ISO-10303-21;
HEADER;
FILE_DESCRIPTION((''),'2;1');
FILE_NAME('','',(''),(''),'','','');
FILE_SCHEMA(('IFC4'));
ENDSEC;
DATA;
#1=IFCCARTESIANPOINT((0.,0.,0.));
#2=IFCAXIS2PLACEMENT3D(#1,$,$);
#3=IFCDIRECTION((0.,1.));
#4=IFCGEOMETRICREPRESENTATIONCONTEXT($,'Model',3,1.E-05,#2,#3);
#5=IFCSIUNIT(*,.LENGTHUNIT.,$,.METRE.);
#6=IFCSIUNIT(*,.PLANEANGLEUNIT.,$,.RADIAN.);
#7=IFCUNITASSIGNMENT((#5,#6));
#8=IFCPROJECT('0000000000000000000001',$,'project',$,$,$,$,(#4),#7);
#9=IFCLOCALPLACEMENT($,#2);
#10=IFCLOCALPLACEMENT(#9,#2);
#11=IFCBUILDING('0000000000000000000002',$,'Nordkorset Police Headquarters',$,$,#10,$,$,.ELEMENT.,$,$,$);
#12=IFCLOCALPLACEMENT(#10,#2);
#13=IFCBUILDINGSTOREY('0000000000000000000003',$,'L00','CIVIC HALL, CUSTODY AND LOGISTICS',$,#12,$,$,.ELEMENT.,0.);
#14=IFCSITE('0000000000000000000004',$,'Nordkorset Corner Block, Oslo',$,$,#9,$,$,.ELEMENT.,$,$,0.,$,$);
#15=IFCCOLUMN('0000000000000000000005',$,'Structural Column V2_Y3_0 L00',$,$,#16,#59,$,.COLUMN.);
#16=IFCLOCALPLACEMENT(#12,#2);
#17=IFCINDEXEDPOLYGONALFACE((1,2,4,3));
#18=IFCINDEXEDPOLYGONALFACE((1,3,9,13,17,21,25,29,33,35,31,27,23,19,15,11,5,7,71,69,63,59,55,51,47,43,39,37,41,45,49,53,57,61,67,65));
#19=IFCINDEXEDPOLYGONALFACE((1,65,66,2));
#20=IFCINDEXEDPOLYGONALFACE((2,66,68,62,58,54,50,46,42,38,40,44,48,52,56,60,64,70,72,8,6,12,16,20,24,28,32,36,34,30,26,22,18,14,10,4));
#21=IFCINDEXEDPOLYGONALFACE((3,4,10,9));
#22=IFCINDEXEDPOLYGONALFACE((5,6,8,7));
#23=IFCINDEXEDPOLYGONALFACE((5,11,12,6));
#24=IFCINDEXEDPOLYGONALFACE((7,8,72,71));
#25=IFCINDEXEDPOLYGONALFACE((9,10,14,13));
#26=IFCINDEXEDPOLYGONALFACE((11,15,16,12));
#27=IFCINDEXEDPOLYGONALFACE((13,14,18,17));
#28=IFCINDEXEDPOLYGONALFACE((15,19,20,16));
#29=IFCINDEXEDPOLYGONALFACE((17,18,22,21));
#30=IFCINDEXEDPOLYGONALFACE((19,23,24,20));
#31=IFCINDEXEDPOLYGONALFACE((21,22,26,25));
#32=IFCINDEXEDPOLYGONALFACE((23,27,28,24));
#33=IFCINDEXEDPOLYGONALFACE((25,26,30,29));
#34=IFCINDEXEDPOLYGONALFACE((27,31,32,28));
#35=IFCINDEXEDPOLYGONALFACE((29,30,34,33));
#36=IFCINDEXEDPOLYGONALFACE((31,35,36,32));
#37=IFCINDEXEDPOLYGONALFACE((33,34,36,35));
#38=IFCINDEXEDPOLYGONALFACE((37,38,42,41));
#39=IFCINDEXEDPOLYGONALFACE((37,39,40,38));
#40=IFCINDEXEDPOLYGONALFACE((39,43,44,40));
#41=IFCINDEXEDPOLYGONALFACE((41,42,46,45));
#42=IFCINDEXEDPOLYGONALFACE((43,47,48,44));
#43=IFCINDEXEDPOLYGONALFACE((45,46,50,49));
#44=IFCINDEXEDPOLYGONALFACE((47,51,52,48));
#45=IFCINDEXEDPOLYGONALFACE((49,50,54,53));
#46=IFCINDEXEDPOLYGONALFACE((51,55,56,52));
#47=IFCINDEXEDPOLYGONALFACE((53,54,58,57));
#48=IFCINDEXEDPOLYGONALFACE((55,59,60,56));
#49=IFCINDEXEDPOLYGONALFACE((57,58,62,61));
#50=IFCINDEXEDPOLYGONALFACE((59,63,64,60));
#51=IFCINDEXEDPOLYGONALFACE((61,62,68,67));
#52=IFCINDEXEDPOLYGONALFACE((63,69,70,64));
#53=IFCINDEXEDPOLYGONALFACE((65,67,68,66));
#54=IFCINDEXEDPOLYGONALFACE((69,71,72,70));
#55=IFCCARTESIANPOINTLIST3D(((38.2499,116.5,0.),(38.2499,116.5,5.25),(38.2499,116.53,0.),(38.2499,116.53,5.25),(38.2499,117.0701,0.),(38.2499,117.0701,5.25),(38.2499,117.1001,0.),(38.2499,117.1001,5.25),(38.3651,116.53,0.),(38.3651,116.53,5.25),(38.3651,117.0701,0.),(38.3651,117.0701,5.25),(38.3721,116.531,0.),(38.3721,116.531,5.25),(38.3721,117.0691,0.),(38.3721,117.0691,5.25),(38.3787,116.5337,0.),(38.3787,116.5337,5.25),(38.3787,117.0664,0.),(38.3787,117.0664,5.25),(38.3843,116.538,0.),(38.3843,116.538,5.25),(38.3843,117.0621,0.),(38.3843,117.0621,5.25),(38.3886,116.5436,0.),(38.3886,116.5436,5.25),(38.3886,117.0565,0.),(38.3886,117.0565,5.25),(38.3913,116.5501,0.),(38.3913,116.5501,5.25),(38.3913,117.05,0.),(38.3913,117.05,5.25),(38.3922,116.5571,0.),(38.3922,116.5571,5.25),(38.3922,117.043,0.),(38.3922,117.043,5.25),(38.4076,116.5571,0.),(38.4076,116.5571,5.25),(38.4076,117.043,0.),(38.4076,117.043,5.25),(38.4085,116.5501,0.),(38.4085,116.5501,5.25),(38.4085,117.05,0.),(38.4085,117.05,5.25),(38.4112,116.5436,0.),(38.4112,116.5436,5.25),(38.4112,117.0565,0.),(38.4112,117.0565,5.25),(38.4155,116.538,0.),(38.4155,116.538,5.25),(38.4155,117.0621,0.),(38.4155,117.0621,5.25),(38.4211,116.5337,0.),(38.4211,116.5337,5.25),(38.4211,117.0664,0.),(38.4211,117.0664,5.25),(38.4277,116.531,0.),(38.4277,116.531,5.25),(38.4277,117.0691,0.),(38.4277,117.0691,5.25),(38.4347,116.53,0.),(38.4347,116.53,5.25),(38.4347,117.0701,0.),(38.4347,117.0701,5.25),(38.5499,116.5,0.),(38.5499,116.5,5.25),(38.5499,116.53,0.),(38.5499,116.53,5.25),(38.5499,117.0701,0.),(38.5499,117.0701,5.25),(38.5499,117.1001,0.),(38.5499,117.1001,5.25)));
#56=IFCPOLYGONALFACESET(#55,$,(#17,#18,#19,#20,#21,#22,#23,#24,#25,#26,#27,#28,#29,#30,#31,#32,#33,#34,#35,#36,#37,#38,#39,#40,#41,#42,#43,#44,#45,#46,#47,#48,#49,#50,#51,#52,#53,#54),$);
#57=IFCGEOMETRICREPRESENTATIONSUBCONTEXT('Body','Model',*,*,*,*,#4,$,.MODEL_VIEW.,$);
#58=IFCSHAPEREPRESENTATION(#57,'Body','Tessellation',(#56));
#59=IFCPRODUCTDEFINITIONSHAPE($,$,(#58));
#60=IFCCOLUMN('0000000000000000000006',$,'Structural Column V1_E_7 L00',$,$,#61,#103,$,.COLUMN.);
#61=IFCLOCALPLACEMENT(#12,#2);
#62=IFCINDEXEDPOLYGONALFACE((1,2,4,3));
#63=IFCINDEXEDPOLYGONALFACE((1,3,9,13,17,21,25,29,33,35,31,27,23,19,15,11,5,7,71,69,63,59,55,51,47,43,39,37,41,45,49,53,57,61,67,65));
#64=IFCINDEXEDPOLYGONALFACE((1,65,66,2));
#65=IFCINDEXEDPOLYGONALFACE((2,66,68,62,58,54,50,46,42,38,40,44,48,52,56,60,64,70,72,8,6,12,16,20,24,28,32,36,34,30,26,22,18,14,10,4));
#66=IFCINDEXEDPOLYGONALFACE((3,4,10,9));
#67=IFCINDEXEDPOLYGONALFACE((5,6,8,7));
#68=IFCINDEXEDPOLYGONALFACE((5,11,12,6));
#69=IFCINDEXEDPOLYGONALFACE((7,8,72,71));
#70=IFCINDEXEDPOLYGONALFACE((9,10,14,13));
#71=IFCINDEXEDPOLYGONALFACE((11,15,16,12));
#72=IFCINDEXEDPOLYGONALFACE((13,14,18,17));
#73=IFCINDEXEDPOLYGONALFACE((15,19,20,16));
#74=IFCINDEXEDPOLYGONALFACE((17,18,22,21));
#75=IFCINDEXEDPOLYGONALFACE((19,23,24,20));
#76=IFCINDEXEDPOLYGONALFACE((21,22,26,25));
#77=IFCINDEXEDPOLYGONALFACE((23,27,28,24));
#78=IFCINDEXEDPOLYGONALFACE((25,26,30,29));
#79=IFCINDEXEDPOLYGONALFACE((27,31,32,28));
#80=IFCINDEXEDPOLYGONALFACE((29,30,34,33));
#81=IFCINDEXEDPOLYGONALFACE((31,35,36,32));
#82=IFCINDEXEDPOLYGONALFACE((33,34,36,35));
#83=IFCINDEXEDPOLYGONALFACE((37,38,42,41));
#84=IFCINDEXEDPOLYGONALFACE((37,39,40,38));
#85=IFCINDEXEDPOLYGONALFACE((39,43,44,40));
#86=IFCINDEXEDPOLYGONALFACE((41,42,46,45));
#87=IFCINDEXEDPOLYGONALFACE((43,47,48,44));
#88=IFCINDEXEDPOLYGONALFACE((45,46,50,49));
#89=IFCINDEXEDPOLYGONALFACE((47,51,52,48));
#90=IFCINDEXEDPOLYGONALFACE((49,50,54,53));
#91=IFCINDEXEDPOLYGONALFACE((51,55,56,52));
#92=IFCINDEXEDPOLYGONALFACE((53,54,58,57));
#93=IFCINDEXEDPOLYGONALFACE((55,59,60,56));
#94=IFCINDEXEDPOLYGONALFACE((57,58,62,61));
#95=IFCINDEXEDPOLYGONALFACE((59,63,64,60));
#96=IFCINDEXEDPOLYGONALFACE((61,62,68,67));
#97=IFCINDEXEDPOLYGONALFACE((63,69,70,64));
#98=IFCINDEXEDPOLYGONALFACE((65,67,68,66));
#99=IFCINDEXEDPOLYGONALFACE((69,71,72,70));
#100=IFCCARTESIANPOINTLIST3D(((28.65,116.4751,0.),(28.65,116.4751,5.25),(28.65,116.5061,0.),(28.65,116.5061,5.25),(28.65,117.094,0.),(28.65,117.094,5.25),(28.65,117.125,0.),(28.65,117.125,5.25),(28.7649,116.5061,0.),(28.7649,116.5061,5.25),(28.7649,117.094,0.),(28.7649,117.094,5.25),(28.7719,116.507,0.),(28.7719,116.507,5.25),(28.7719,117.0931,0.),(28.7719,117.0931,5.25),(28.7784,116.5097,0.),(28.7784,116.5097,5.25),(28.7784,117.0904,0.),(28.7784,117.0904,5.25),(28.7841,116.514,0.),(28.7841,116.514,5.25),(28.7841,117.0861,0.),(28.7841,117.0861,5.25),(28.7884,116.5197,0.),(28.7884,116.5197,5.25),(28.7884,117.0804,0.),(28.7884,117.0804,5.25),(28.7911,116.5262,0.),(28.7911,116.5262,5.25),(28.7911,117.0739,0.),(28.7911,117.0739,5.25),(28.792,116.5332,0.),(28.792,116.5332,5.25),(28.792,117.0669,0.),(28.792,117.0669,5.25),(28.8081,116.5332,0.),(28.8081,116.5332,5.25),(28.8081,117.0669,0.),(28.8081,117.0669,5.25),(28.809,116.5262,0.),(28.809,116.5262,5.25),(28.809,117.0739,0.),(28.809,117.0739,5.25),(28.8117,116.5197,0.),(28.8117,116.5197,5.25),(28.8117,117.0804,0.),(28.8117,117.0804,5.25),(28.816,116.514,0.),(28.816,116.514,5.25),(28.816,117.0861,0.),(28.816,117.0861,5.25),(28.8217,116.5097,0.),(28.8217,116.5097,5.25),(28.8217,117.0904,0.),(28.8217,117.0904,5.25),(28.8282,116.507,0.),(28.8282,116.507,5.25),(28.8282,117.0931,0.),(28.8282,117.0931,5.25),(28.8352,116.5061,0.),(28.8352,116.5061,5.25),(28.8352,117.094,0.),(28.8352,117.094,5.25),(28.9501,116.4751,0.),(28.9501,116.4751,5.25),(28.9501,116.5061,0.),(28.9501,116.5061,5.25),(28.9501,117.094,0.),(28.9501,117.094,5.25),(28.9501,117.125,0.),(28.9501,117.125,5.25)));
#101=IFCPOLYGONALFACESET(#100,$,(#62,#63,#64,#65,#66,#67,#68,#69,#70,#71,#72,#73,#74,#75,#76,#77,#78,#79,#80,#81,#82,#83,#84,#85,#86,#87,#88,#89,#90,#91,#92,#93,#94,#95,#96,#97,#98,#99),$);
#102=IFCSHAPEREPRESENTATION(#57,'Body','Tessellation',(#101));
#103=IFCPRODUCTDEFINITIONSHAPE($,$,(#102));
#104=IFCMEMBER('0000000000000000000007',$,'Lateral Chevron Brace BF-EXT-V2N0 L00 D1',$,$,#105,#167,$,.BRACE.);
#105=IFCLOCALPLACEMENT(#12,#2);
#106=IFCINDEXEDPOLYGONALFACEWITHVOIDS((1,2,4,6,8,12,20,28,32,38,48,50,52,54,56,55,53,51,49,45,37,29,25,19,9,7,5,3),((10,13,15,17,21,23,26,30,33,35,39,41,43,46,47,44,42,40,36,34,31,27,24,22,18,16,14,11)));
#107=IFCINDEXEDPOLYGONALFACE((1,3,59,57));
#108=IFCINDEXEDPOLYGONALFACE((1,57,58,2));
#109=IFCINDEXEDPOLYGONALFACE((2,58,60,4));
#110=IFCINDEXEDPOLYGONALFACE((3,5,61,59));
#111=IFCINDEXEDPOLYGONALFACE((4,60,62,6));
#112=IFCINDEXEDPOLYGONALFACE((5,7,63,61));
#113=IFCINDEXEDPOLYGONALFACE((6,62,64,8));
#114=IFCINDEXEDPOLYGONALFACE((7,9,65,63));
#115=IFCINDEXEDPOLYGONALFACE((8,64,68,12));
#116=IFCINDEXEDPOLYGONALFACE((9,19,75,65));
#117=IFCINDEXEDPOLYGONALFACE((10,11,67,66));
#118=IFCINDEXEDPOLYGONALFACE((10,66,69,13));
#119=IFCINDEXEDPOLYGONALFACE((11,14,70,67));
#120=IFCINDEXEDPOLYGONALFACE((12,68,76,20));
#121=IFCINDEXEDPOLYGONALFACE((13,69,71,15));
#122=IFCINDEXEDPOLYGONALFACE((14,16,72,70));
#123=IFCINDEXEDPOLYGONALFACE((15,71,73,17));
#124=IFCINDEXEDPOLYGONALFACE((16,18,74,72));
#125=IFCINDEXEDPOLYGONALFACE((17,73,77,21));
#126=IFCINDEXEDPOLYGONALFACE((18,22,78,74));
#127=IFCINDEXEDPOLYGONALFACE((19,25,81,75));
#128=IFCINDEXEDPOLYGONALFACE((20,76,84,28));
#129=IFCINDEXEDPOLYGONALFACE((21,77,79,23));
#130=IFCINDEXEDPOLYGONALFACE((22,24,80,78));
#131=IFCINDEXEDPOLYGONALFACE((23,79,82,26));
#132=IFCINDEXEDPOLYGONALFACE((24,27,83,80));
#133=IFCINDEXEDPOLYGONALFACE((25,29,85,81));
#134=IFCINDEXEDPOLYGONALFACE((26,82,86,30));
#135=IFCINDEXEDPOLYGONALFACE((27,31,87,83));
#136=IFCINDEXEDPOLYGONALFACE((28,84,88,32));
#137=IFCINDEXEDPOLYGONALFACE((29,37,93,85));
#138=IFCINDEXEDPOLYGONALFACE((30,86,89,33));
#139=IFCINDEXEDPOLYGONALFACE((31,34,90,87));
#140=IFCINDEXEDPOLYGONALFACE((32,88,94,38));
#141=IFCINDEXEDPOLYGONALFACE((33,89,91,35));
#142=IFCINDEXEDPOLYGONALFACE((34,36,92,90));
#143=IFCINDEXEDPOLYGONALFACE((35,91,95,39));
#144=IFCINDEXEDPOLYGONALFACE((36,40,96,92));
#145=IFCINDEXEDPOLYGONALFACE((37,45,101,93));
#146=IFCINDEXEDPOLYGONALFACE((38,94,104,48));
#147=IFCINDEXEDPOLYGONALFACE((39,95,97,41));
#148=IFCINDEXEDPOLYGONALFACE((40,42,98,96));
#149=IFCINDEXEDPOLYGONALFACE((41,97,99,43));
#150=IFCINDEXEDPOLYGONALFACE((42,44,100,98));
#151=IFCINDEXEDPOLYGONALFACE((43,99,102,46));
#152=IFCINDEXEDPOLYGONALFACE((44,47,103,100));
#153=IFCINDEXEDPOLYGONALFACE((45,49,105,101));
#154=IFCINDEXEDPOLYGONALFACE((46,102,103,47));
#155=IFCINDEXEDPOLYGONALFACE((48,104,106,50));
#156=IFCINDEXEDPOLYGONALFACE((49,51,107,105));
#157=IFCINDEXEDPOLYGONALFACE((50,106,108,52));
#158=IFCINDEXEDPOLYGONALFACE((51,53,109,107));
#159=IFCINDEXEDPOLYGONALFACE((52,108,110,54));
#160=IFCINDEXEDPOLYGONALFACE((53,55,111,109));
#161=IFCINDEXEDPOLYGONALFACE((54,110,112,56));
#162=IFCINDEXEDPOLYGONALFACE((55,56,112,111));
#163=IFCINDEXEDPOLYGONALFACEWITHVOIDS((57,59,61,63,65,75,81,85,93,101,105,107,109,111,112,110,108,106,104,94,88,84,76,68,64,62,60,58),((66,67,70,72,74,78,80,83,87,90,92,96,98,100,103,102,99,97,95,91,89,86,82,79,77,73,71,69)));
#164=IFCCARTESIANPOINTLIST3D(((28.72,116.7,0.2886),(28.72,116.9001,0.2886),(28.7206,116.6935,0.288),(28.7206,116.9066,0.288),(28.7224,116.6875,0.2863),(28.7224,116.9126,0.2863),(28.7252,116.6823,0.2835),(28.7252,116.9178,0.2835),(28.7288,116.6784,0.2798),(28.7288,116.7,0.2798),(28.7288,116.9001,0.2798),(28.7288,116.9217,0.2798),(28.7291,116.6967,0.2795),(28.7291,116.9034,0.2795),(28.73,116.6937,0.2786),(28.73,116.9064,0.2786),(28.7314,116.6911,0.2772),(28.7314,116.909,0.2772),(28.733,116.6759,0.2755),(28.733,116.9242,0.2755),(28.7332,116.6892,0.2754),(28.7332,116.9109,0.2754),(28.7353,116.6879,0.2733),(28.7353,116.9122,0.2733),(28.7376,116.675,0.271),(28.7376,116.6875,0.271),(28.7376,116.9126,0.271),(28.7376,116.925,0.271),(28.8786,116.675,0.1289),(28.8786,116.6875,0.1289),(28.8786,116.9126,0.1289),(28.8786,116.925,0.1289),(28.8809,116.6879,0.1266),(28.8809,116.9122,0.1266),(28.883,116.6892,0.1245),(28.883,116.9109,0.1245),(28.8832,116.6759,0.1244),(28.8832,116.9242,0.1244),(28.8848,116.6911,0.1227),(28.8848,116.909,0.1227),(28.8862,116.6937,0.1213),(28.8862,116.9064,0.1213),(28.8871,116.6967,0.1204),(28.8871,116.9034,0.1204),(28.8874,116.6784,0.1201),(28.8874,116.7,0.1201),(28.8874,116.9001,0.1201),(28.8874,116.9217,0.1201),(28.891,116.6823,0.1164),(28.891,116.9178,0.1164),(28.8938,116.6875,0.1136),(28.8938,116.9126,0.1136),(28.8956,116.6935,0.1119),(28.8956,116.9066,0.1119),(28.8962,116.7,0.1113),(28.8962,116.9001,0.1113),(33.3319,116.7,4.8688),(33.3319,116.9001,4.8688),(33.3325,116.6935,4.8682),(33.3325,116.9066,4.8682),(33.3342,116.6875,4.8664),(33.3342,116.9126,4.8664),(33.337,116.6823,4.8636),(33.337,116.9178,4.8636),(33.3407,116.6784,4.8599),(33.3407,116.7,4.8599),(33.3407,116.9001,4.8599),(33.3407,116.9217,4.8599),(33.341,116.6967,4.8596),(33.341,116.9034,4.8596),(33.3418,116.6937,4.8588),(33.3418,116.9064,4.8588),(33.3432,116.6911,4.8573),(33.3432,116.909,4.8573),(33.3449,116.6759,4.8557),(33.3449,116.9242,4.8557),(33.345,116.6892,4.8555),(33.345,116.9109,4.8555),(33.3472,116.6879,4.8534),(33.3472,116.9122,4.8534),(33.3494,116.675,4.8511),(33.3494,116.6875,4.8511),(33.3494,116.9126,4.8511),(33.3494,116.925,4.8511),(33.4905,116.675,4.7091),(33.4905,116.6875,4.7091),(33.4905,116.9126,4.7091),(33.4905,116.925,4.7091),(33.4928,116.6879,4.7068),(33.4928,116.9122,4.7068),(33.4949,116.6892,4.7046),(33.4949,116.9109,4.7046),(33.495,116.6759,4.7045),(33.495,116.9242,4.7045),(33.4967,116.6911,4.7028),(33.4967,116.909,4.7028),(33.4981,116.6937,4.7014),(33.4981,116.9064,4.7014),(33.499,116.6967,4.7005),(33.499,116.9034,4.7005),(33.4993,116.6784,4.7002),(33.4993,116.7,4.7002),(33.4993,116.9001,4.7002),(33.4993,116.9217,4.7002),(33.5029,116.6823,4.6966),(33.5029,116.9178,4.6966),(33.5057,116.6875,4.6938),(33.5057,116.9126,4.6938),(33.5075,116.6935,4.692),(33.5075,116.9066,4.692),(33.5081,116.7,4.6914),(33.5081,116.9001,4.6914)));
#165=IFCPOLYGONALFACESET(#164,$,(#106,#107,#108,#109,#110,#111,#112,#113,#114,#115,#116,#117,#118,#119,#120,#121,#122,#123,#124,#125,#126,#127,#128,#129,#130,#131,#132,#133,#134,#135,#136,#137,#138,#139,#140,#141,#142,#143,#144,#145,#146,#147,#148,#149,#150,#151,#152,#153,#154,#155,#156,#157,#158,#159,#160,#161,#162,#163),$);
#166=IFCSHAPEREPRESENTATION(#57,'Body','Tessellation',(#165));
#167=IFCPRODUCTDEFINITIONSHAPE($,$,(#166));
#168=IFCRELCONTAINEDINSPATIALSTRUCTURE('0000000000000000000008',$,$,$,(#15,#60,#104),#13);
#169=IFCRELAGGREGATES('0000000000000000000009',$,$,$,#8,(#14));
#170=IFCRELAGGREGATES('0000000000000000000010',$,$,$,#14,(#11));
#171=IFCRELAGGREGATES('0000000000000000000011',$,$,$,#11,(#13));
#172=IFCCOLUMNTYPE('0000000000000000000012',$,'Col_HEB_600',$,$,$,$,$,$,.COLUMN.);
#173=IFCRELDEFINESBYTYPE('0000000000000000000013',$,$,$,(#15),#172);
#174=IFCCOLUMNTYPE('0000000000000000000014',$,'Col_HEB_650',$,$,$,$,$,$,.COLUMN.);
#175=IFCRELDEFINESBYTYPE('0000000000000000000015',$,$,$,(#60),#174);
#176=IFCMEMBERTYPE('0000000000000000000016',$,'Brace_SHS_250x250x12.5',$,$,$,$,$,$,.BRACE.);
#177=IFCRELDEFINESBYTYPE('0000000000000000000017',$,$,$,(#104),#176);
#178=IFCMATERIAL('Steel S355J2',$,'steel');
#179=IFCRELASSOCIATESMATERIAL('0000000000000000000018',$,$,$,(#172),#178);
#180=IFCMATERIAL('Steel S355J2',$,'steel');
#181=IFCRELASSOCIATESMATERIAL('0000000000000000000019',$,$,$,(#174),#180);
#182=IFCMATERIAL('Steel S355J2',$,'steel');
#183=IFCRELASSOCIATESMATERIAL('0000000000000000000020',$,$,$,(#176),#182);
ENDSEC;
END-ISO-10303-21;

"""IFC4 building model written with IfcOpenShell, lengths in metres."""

from ifc_helpers import new_model, si_unit, direction, frame, origin, origin_2d, place, context, subcontext, project, spatial, hollow_rectangle, i_section, extrude, material, material_profile, profile_set, type_object, element, save


model = new_model("IFC4")

# Units and contexts
model_context = context("Model", 3, precision=1e-05, world=origin(), true_north=direction((0.0, 1.0)))
body_context = subcontext(model_context, "Body", "Model", "MODEL_VIEW")
ifc_project = project(units=[si_unit("LENGTHUNIT", "METRE"), si_unit("PLANEANGLEUNIT", "RADIAN")], contexts=[model_context])

# Site, building, storey
site_placement = place(None, origin())
site = spatial("IfcSite", under=ifc_project, at=site_placement, Name="Nordkorset Corner Block, Oslo", CompositionType="ELEMENT", RefElevation=0.0)
building_placement = place(site_placement, origin())
building = spatial("IfcBuilding", under=site, at=building_placement, Name="Nordkorset Police Headquarters", CompositionType="ELEMENT")
storey_placement = place(building_placement, origin())
storey = spatial("IfcBuildingStorey", under=building, at=storey_placement, Name="L00", Description="CIVIC HALL, CUSTODY AND LOGISTICS", CompositionType="ELEMENT", Elevation=0.0)

# Columns
ifc_material_1 = material(Name="Steel S355J2", Category="steel")
ifc_material_profile_1 = material_profile(ifc_material_1, i_section(OverallWidth=0.3, OverallDepth=0.6001, WebThickness=0.0154, FlangeThickness=0.03, FilletRadius=0.0271, at=origin_2d()), Name="HEB 600")
ifc_profile_set_1 = profile_set([ifc_material_profile_1], Name="Steel S355J2")
column_type_1 = type_object("IfcColumnType", Name="Col_HEB_600", PredefinedType="COLUMN", material=ifc_profile_set_1)
column_1_placement = place(storey_placement, frame((38.3999, 116.8, 0.0), z_axis=(0.0, 0.0, 1.0), x_axis=(1.0, 0.0, 0.0)))
element("IfcColumn", 1, at=column_1_placement, inside=storey, type_object=column_type_1, Name="Structural Column V2_Y3_0 L00", PredefinedType="COLUMN", context=body_context, shape_type="SweptSolid", body=[
    extrude(i_section(OverallWidth=0.3, OverallDepth=0.6001, WebThickness=0.0154, FlangeThickness=0.03, FilletRadius=0.0271, at=origin_2d()), origin(), (0.0, 0.0, 1.0), 5.25),
])
ifc_material_2 = material(Name="Steel S355J2", Category="steel")
ifc_material_profile_2 = material_profile(ifc_material_2, i_section(OverallWidth=0.3, OverallDepth=0.6499, WebThickness=0.0161, FlangeThickness=0.031, FilletRadius=0.0271, at=origin_2d()), Name="HEB 650")
ifc_profile_set_2 = profile_set([ifc_material_profile_2], Name="Steel S355J2")
column_type_2 = type_object("IfcColumnType", Name="Col_HEB_650", PredefinedType="COLUMN", material=ifc_profile_set_2)
column_2_placement = place(storey_placement, frame((28.8, 116.8, 0.0), z_axis=(0.0, 0.0, 1.0), x_axis=(1.0, 0.0, 0.0)))
element("IfcColumn", 2, at=column_2_placement, inside=storey, type_object=column_type_2, Name="Structural Column V1_E_7 L00", PredefinedType="COLUMN", context=body_context, shape_type="SweptSolid", body=[
    extrude(i_section(OverallWidth=0.3, OverallDepth=0.6499, WebThickness=0.0161, FlangeThickness=0.031, FilletRadius=0.0271, at=origin_2d()), origin(), (0.0, 0.0, 1.0), 5.25),
])

# Member
ifc_material_3 = material(Name="Steel S355J2", Category="steel")
ifc_material_profile_3 = material_profile(ifc_material_3, hollow_rectangle(XDim=0.25, YDim=0.25, WallThickness=0.0125, InnerFilletRadius=0.0125, OuterFilletRadius=0.0249, at=origin_2d()), Name="SHS 250x250x12.5")
ifc_profile_set_3 = profile_set([ifc_material_profile_3], Name="Steel S355J2")
member_type_1 = type_object("IfcMemberType", Name="Brace_SHS_250x250x12.5", PredefinedType="BRACE", material=ifc_profile_set_3)
member_1_placement = place(storey_placement, frame((28.8081, 116.8, 0.2), z_axis=(0.709544, 0.0, 0.704661), x_axis=(0.0, 1.0, 0.0)))
element("IfcMember", 3, at=member_1_placement, inside=storey, type_object=member_type_1, Name="Lateral Chevron Brace BF-EXT-V2N0 L00 D1", PredefinedType="BRACE", context=body_context, shape_type="SweptSolid", body=[
    extrude(hollow_rectangle(XDim=0.25, YDim=0.25, WallThickness=0.0125, InnerFilletRadius=0.0125, OuterFilletRadius=0.0249, at=origin_2d()), origin(), (0.0, 0.0, 1.0), 6.4998),
])

save(model, "model.ifc")
